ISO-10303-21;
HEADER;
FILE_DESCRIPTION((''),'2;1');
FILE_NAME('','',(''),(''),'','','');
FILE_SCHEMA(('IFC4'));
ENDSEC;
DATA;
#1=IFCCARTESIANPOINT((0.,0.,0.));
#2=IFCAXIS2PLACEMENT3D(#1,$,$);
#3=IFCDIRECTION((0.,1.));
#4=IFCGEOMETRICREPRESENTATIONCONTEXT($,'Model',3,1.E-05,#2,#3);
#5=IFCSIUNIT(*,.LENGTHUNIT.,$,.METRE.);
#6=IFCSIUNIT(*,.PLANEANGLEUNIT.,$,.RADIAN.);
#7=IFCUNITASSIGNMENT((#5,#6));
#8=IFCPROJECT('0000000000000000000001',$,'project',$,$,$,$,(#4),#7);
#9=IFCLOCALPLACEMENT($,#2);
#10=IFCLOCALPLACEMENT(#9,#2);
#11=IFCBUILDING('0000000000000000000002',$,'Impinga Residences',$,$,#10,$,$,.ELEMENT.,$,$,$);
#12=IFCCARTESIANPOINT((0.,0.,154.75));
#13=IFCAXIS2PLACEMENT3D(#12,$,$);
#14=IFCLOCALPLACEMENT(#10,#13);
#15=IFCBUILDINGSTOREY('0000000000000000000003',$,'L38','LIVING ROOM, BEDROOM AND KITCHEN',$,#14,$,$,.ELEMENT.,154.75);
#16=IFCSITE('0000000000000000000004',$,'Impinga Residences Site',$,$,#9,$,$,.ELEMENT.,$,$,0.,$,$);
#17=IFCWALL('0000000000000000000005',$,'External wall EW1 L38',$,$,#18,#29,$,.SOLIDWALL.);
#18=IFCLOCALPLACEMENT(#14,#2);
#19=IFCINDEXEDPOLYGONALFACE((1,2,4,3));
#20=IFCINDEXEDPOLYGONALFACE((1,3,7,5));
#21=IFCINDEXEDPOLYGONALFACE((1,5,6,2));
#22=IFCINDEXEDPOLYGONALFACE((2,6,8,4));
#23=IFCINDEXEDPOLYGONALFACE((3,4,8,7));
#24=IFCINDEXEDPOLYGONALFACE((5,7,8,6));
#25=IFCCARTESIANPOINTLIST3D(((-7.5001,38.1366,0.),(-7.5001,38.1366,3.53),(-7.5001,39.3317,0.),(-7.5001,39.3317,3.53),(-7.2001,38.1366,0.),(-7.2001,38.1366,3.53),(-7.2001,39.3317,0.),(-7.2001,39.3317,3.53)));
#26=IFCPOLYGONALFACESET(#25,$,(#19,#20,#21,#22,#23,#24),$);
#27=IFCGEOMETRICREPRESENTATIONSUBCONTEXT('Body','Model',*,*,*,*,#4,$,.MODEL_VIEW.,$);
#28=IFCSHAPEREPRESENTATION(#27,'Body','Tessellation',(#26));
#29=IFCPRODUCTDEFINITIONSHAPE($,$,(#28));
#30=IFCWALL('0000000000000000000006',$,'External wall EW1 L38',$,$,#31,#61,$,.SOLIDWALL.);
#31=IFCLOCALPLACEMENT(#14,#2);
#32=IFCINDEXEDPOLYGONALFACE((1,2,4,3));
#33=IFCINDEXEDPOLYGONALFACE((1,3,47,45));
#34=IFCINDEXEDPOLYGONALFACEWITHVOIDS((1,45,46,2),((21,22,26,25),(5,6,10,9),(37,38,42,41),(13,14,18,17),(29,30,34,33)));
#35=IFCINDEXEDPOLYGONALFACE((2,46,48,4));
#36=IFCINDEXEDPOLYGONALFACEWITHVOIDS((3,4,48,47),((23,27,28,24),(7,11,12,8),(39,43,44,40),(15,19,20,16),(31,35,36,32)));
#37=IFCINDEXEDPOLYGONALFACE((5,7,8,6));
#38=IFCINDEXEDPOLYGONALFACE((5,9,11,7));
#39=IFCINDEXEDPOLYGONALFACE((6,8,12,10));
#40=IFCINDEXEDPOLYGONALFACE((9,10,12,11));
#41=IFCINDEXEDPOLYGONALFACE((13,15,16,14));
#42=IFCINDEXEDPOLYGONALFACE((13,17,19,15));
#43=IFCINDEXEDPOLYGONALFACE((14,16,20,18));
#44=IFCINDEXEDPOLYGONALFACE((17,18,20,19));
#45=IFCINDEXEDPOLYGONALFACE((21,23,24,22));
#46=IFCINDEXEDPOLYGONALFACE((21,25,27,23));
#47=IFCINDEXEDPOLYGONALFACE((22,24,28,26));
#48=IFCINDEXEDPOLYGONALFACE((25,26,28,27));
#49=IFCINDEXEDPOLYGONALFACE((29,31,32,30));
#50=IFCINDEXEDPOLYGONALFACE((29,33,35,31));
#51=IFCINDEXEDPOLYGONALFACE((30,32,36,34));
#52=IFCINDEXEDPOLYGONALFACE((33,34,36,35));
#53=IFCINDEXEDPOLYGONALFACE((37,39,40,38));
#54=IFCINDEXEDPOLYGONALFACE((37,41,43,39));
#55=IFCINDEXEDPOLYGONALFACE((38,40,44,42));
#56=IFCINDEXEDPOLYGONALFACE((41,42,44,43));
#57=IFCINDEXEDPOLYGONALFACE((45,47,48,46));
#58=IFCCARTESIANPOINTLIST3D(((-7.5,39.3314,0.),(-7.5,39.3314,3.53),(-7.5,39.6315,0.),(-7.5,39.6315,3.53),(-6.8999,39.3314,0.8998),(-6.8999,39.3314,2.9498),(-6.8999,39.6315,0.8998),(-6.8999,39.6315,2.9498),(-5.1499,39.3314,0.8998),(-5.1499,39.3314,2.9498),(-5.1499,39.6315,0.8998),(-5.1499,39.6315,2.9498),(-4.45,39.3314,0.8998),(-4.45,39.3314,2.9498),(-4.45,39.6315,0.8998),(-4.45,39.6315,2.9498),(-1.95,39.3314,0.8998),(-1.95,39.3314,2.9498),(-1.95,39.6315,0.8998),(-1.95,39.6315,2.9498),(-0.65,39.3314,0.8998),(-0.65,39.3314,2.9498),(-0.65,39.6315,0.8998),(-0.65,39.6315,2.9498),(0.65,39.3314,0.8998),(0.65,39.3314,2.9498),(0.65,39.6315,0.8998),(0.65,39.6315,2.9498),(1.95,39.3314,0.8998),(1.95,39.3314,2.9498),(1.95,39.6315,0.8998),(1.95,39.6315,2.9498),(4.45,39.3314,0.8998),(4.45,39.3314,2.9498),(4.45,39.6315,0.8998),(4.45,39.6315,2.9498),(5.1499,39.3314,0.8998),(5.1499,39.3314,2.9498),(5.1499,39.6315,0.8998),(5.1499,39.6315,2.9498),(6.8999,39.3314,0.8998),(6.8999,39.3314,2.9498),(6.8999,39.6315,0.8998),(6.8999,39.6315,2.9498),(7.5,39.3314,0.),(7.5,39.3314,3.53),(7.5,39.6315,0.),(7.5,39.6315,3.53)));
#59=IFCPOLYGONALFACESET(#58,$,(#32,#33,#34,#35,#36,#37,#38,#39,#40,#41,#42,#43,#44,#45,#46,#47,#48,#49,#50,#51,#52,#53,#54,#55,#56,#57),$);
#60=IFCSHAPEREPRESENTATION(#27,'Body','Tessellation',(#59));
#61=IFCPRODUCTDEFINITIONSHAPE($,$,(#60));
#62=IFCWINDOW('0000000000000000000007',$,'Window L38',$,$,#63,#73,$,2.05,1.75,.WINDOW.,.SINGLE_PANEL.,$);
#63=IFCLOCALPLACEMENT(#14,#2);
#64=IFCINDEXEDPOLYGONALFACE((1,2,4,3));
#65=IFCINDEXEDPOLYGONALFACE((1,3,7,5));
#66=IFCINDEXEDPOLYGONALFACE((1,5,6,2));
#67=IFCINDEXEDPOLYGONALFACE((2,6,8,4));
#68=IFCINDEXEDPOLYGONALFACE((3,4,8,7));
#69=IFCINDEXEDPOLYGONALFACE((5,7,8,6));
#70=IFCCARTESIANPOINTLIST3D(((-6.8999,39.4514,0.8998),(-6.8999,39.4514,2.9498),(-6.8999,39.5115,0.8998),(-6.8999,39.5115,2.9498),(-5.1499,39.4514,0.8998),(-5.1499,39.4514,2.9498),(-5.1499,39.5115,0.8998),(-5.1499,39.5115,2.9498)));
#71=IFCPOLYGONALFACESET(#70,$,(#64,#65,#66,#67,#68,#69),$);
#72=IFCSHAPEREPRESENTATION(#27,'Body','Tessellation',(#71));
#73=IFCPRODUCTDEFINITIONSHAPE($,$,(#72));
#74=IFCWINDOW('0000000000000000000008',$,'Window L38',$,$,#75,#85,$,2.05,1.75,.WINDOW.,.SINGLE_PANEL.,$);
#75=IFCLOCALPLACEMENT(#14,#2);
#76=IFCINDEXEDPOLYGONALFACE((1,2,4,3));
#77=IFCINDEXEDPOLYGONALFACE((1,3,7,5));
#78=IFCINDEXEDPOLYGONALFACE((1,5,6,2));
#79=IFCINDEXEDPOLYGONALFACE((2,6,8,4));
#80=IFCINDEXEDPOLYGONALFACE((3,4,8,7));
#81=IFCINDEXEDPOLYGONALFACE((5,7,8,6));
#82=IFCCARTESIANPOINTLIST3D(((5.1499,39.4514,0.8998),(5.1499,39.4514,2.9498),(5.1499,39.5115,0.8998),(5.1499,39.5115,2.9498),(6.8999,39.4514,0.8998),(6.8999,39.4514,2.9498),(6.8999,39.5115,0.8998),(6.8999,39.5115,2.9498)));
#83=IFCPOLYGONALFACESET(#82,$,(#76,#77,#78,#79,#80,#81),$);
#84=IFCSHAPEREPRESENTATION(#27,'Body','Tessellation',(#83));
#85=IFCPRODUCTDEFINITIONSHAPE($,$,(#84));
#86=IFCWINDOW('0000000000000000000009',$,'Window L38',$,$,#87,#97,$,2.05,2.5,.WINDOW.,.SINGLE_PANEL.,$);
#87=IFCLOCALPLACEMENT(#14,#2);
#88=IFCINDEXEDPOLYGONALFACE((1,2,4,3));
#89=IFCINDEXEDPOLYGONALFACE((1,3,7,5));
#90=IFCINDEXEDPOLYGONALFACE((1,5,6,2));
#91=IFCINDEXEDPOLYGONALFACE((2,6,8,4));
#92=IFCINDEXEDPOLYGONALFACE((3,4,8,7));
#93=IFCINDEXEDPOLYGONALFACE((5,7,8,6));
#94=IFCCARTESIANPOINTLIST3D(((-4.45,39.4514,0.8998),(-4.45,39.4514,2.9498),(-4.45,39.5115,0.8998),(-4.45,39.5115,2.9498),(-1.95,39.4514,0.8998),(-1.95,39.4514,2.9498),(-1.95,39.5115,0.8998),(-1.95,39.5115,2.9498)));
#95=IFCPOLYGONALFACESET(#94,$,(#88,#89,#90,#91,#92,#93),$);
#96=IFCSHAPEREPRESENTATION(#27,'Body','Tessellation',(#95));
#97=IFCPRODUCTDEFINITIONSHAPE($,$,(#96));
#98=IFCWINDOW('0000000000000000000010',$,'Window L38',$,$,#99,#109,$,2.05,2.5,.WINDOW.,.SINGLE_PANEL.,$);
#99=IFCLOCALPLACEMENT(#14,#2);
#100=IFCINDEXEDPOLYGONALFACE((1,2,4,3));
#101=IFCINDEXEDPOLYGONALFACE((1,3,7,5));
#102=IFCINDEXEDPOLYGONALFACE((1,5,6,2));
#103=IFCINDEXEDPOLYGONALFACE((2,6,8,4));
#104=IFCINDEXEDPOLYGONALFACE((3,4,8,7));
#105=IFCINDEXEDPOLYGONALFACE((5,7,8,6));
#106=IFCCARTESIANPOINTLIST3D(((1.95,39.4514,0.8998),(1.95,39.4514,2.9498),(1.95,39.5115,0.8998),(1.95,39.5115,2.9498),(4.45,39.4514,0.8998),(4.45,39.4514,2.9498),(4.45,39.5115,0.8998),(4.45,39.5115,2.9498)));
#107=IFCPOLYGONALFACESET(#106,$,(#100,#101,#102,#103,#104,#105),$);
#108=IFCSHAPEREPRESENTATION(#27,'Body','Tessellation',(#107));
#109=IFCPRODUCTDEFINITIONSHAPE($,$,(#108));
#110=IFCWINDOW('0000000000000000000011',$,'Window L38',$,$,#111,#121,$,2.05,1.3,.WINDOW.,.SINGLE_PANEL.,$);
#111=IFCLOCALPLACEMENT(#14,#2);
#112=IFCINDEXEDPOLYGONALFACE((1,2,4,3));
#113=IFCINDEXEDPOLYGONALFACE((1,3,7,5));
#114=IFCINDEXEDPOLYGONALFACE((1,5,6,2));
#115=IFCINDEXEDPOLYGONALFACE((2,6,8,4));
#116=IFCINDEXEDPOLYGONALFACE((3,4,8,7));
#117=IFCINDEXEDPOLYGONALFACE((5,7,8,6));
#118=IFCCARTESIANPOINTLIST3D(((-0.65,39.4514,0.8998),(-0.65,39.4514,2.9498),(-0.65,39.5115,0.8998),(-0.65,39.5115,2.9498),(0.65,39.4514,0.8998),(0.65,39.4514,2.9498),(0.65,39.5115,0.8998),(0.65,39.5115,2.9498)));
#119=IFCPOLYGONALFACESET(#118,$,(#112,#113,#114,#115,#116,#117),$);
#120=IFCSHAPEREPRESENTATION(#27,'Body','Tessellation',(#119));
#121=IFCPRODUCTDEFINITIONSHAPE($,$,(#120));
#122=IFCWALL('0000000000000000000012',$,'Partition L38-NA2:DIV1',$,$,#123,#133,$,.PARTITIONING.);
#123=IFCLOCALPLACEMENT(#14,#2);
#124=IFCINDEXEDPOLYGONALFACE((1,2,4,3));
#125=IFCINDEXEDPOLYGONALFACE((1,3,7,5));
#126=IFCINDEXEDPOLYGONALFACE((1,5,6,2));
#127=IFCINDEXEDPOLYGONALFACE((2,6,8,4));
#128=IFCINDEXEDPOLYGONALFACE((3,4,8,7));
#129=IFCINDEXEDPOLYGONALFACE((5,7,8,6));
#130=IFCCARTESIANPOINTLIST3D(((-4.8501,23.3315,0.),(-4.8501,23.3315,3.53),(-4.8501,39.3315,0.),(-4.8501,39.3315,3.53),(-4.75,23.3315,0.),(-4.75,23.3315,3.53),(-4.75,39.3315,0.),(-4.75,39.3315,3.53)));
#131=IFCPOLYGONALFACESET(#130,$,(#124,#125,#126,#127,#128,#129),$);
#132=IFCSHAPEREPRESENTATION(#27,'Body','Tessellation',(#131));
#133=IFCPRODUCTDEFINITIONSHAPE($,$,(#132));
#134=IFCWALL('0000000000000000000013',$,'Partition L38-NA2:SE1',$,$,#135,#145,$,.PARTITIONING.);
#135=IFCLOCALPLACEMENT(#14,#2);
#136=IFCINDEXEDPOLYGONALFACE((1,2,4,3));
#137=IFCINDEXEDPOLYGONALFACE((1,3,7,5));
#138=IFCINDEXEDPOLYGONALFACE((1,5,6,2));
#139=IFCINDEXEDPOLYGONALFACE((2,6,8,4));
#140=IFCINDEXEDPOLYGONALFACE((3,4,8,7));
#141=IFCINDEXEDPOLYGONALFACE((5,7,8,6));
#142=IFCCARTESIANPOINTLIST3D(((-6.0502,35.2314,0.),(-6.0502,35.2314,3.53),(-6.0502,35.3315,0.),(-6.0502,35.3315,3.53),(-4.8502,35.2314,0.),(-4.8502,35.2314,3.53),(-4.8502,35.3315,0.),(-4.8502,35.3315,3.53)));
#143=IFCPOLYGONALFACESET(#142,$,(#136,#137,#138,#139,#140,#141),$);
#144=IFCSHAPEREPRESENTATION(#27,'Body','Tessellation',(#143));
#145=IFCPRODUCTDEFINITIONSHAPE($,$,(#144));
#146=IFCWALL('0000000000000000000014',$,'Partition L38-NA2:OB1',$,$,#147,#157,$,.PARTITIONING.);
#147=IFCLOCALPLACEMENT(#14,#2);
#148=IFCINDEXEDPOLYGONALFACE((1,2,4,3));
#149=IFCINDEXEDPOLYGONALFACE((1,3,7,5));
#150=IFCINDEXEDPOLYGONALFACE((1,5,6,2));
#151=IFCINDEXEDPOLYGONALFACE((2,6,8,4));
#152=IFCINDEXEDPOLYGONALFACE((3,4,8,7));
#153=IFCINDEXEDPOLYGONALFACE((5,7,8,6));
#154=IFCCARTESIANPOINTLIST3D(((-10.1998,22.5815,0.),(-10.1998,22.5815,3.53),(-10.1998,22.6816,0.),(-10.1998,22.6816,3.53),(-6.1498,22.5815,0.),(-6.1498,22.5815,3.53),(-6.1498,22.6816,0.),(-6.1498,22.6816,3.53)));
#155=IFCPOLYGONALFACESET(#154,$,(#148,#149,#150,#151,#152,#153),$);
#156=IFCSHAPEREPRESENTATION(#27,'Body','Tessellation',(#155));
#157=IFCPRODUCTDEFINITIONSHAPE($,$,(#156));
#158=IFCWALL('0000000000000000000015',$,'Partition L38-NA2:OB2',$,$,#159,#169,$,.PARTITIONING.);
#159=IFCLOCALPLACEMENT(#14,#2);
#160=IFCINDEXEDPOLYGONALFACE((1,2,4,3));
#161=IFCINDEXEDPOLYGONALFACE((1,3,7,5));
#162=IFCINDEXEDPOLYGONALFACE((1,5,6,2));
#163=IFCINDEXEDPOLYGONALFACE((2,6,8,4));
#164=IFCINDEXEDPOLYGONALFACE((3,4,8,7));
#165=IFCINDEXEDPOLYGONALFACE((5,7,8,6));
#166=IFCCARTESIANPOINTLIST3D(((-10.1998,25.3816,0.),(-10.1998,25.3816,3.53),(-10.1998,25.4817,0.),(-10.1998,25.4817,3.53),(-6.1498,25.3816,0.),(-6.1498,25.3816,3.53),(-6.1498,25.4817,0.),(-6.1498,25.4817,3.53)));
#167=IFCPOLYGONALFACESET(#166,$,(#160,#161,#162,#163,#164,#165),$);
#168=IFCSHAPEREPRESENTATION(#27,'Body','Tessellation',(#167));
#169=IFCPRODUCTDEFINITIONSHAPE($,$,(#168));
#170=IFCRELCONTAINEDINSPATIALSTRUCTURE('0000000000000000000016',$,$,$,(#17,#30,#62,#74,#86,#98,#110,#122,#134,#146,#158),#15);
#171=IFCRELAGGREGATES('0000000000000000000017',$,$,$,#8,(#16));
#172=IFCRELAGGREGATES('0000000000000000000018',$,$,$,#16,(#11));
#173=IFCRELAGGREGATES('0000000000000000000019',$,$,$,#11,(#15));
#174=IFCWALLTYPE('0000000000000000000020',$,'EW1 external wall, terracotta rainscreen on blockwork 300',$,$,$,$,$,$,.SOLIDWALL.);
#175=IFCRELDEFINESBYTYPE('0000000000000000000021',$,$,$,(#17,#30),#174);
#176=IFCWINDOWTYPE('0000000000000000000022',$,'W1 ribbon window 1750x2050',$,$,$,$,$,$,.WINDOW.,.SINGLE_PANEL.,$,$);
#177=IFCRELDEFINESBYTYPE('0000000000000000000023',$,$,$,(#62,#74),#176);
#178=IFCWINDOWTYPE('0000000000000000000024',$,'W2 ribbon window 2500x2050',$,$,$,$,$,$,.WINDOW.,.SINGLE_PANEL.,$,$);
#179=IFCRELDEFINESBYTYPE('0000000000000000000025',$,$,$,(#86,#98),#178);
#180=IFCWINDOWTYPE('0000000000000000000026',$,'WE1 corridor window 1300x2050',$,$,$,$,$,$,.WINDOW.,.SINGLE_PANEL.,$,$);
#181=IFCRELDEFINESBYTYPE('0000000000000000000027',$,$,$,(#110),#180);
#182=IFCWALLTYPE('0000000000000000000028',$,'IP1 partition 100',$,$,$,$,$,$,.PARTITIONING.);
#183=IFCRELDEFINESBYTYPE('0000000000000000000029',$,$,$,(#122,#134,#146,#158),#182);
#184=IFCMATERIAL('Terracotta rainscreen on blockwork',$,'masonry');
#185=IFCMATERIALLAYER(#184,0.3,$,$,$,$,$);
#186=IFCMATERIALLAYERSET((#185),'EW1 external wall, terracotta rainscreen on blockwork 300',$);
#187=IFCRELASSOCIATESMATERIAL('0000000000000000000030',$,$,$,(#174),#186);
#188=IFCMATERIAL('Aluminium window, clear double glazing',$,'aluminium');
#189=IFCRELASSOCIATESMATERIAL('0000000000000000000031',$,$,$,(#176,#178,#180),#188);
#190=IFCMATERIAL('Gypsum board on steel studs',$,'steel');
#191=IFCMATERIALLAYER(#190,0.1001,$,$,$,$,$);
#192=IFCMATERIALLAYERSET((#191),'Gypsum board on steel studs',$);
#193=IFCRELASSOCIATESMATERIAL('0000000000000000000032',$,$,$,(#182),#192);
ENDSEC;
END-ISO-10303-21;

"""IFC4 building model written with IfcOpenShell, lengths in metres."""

from ifc_helpers import new_model, si_unit, direction, frame, frame_2d, origin, place, context, subcontext, project, spatial, rectangle, extrude, material, layer, layer_set, type_object, element, fill, save


model = new_model("IFC4")

# Units and contexts
model_context = context("Model", 3, precision=1e-05, world=origin(), true_north=direction((0.0, 1.0)))
body_context = subcontext(model_context, "Body", "Model", "MODEL_VIEW")
ifc_project = project(units=[si_unit("LENGTHUNIT", "METRE"), si_unit("PLANEANGLEUNIT", "RADIAN")], contexts=[model_context])

# Site, building, storey
site_placement = place(None, origin())
site = spatial("IfcSite", under=ifc_project, at=site_placement, Name="Impinga Residences Site", CompositionType="ELEMENT", RefElevation=0.0)
building_placement = place(site_placement, origin())
building = spatial("IfcBuilding", under=site, at=building_placement, Name="Impinga Residences", CompositionType="ELEMENT")
storey_placement = place(building_placement, frame((0.0, 0.0, 154.75)))
storey = spatial("IfcBuildingStorey", under=building, at=storey_placement, Name="L38", Description="LIVING ROOM, BEDROOM AND KITCHEN", CompositionType="ELEMENT", Elevation=154.75)

# Wall
ifc_material_1 = material(Name="Terracotta rainscreen on blockwork", Category="masonry")
ifc_layer_1 = layer(ifc_material_1, 0.3)
ifc_layer_set_1 = layer_set([ifc_layer_1], Name="EW1 external wall, terracotta rainscreen on blockwork 300")
wall_type_1 = type_object("IfcWallType", Name="EW1 external wall, terracotta rainscreen on blockwork 300", PredefinedType="SOLIDWALL", material=ifc_layer_set_1)
wall_1_placement = place(storey_placement, frame((-7.3501, 38.1365, 0.0), z_axis=(0.0, 0.0, 1.0), x_axis=(0.0, 1.0, 0.0)))
element("IfcWall", 1, at=wall_1_placement, inside=storey, type_object=wall_type_1, Name="External wall EW1 L38", PredefinedType="SOLIDWALL", context=body_context, shape_type="SweptSolid", body=[
    extrude(rectangle(XDim=1.1951, YDim=0.3, at=frame_2d((0.5977, 0.0))), origin(), (0.0, 0.0, 1.0), 3.53),
])

# Wall, openings, windows
wall_2_placement = place(storey_placement, frame((-7.5, 39.4814, 0.0), z_axis=(0.0, 0.0, 1.0), x_axis=(1.0, 0.0, 0.0)))
wall_2 = element("IfcWall", 2, at=wall_2_placement, inside=storey, type_object=wall_type_1, Name="External wall EW1 L38", PredefinedType="SOLIDWALL", context=body_context, shape_type="SweptSolid", body=[
    extrude(rectangle(XDim=15.0, YDim=0.3, at=frame_2d((7.5, 0.0))), origin(), (0.0, 0.0, 1.0), 3.53),
])
opening_1_placement = place(wall_2_placement, frame((0.6001, 0.0, 0.8999)))
opening_1 = element("IfcOpeningElement", 3, at=opening_1_placement, cuts=wall_2, PredefinedType="OPENING", context=body_context, shape_type="SweptSolid", body=[
    extrude(rectangle(XDim=1.75, YDim=2.05, at=frame_2d((0.875, 1.0249))), frame((0.0, 0.1599, 0.0), z_axis=(0.0, -1.0, 0.0), x_axis=(1.0, 0.0, 0.0)), (0.0, 0.0, 1.0), 0.3201),
])
opening_2_placement = place(wall_2_placement, frame((3.05, 0.0, 0.8999)))
opening_2 = element("IfcOpeningElement", 4, at=opening_2_placement, cuts=wall_2, PredefinedType="OPENING", context=body_context, shape_type="SweptSolid", body=[
    extrude(rectangle(XDim=2.5, YDim=2.05, at=frame_2d((1.25, 1.0249))), frame((0.0, 0.1599, 0.0), z_axis=(0.0, -1.0, 0.0), x_axis=(1.0, 0.0, 0.0)), (0.0, 0.0, 1.0), 0.3201),
])
opening_3_placement = place(wall_2_placement, frame((6.8501, 0.0, 0.8999)))
opening_3 = element("IfcOpeningElement", 5, at=opening_3_placement, cuts=wall_2, PredefinedType="OPENING", context=body_context, shape_type="SweptSolid", body=[
    extrude(rectangle(XDim=1.3, YDim=2.05, at=frame_2d((0.6499, 1.0249))), frame((0.0, 0.1599, 0.0), z_axis=(0.0, -1.0, 0.0), x_axis=(1.0, 0.0, 0.0)), (0.0, 0.0, 1.0), 0.3201),
])
opening_4_placement = place(wall_2_placement, frame((9.45, 0.0, 0.8999)))
opening_4 = element("IfcOpeningElement", 6, at=opening_4_placement, cuts=wall_2, PredefinedType="OPENING", context=body_context, shape_type="SweptSolid", body=[
    extrude(rectangle(XDim=2.5, YDim=2.05, at=frame_2d((1.25, 1.0249))), frame((0.0, 0.1599, 0.0), z_axis=(0.0, -1.0, 0.0), x_axis=(1.0, 0.0, 0.0)), (0.0, 0.0, 1.0), 0.3201),
])
opening_5_placement = place(wall_2_placement, frame((12.6499, 0.0, 0.8999)))
opening_5 = element("IfcOpeningElement", 7, at=opening_5_placement, cuts=wall_2, PredefinedType="OPENING", context=body_context, shape_type="SweptSolid", body=[
    extrude(rectangle(XDim=1.75, YDim=2.05, at=frame_2d((0.875, 1.0249))), frame((0.0, 0.1599, 0.0), z_axis=(0.0, -1.0, 0.0), x_axis=(1.0, 0.0, 0.0)), (0.0, 0.0, 1.0), 0.3201),
])
ifc_material_2 = material(Name="Aluminium window, clear double glazing", Category="aluminium")
window_type_1 = type_object("IfcWindowType", Name="W1 ribbon window 1750x2050", PartitioningType="SINGLE_PANEL", PredefinedType="WINDOW", material=ifc_material_2)
window_1_placement = place(opening_1_placement, origin())
window_1 = element("IfcWindow", 8, at=window_1_placement, inside=storey, type_object=window_type_1, Name="Window L38", OverallHeight=2.05, OverallWidth=1.75, PartitioningType="SINGLE_PANEL", PredefinedType="WINDOW", context=body_context, shape_type="SweptSolid", body=[
    extrude(rectangle(XDim=1.75, YDim=2.05, at=frame_2d((0.875, 1.0249))), frame((0.0, 0.03, 0.0), z_axis=(0.0, -1.0, 0.0), x_axis=(1.0, 0.0, 0.0)), (0.0, 0.0, 1.0), 0.0601),
])
fill(opening_1, window_1)
window_2_placement = place(opening_5_placement, origin())
window_2 = element("IfcWindow", 9, at=window_2_placement, inside=storey, type_object=window_type_1, Name="Window L38", OverallHeight=2.05, OverallWidth=1.75, PartitioningType="SINGLE_PANEL", PredefinedType="WINDOW", context=body_context, shape_type="SweptSolid", body=[
    extrude(rectangle(XDim=1.75, YDim=2.05, at=frame_2d((0.875, 1.0249))), frame((0.0, 0.03, 0.0), z_axis=(0.0, -1.0, 0.0), x_axis=(1.0, 0.0, 0.0)), (0.0, 0.0, 1.0), 0.0601),
])
fill(opening_5, window_2)
window_type_2 = type_object("IfcWindowType", Name="W2 ribbon window 2500x2050", PartitioningType="SINGLE_PANEL", PredefinedType="WINDOW", material=ifc_material_2)
window_3_placement = place(opening_2_placement, origin())
window_3 = element("IfcWindow", 10, at=window_3_placement, inside=storey, type_object=window_type_2, Name="Window L38", OverallHeight=2.05, OverallWidth=2.5, PartitioningType="SINGLE_PANEL", PredefinedType="WINDOW", context=body_context, shape_type="SweptSolid", body=[
    extrude(rectangle(XDim=2.5, YDim=2.05, at=frame_2d((1.25, 1.0249))), frame((0.0, 0.03, 0.0), z_axis=(0.0, -1.0, 0.0), x_axis=(1.0, 0.0, 0.0)), (0.0, 0.0, 1.0), 0.0601),
])
fill(opening_2, window_3)
window_4_placement = place(opening_4_placement, origin())
window_4 = element("IfcWindow", 11, at=window_4_placement, inside=storey, type_object=window_type_2, Name="Window L38", OverallHeight=2.05, OverallWidth=2.5, PartitioningType="SINGLE_PANEL", PredefinedType="WINDOW", context=body_context, shape_type="SweptSolid", body=[
    extrude(rectangle(XDim=2.5, YDim=2.05, at=frame_2d((1.25, 1.0249))), frame((0.0, 0.03, 0.0), z_axis=(0.0, -1.0, 0.0), x_axis=(1.0, 0.0, 0.0)), (0.0, 0.0, 1.0), 0.0601),
])
fill(opening_4, window_4)
window_type_3 = type_object("IfcWindowType", Name="WE1 corridor window 1300x2050", PartitioningType="SINGLE_PANEL", PredefinedType="WINDOW", material=ifc_material_2)
window_5_placement = place(opening_3_placement, origin())
window_5 = element("IfcWindow", 12, at=window_5_placement, inside=storey, type_object=window_type_3, Name="Window L38", OverallHeight=2.05, OverallWidth=1.3, PartitioningType="SINGLE_PANEL", PredefinedType="WINDOW", context=body_context, shape_type="SweptSolid", body=[
    extrude(rectangle(XDim=1.3, YDim=2.05, at=frame_2d((0.6499, 1.0249))), frame((0.0, 0.03, 0.0), z_axis=(0.0, -1.0, 0.0), x_axis=(1.0, 0.0, 0.0)), (0.0, 0.0, 1.0), 0.0601),
])
fill(opening_3, window_5)

# Walls
ifc_material_3 = material(Name="Gypsum board on steel studs", Category="steel")
ifc_layer_2 = layer(ifc_material_3, 0.1001)
ifc_layer_set_2 = layer_set([ifc_layer_2], Name="Gypsum board on steel studs")
wall_type_2 = type_object("IfcWallType", Name="IP1 partition 100", PredefinedType="PARTITIONING", material=ifc_layer_set_2)
wall_3_placement = place(storey_placement, frame((-4.8, 23.3315, 0.0), z_axis=(0.0, 0.0, 1.0), x_axis=(0.0, 1.0, 0.0)))
element("IfcWall", 13, at=wall_3_placement, inside=storey, type_object=wall_type_2, Name="Partition L38-NA2:DIV1", PredefinedType="PARTITIONING", context=body_context, shape_type="SweptSolid", body=[
    extrude(rectangle(XDim=16.0, YDim=0.1001, at=frame_2d((8.0, 0.0))), origin(), (0.0, 0.0, 1.0), 3.53),
])
wall_4_placement = place(storey_placement, frame((-4.8501, 35.2815, 0.0), z_axis=(0.0, 0.0, 1.0), x_axis=(-1.0, 0.0, 0.0)))
element("IfcWall", 14, at=wall_4_placement, inside=storey, type_object=wall_type_2, Name="Partition L38-NA2:SE1", PredefinedType="PARTITIONING", context=body_context, shape_type="SweptSolid", body=[
    extrude(rectangle(XDim=1.2, YDim=0.1001, at=frame_2d((0.6001, 0.0))), origin(), (0.0, 0.0, 1.0), 3.53),
])
for number, where, z_axis, x_axis, name in (
    (15, (-6.1499, 22.6316, 0.0), (0.0, 0.0, 1.0), (-1.0, 0.0, 0.0), "Partition L38-NA2:OB1"),
    (16, (-6.1499, 25.4316, 0.0), (0.0, 0.0, 1.0), (-1.0, 0.0, 0.0), "Partition L38-NA2:OB2"),
):
    element("IfcWall", number, at=place(storey_placement, frame(where, z_axis=z_axis, x_axis=x_axis)), inside=storey, type_object=wall_type_2, Name=name, PredefinedType="PARTITIONING", context=body_context, shape_type="SweptSolid", body=[
        extrude(rectangle(XDim=4.05, YDim=0.1001, at=frame_2d((2.0249, 0.0))), origin(), (0.0, 0.0, 1.0), 3.53),
    ])

save(model, "model.ifc")
